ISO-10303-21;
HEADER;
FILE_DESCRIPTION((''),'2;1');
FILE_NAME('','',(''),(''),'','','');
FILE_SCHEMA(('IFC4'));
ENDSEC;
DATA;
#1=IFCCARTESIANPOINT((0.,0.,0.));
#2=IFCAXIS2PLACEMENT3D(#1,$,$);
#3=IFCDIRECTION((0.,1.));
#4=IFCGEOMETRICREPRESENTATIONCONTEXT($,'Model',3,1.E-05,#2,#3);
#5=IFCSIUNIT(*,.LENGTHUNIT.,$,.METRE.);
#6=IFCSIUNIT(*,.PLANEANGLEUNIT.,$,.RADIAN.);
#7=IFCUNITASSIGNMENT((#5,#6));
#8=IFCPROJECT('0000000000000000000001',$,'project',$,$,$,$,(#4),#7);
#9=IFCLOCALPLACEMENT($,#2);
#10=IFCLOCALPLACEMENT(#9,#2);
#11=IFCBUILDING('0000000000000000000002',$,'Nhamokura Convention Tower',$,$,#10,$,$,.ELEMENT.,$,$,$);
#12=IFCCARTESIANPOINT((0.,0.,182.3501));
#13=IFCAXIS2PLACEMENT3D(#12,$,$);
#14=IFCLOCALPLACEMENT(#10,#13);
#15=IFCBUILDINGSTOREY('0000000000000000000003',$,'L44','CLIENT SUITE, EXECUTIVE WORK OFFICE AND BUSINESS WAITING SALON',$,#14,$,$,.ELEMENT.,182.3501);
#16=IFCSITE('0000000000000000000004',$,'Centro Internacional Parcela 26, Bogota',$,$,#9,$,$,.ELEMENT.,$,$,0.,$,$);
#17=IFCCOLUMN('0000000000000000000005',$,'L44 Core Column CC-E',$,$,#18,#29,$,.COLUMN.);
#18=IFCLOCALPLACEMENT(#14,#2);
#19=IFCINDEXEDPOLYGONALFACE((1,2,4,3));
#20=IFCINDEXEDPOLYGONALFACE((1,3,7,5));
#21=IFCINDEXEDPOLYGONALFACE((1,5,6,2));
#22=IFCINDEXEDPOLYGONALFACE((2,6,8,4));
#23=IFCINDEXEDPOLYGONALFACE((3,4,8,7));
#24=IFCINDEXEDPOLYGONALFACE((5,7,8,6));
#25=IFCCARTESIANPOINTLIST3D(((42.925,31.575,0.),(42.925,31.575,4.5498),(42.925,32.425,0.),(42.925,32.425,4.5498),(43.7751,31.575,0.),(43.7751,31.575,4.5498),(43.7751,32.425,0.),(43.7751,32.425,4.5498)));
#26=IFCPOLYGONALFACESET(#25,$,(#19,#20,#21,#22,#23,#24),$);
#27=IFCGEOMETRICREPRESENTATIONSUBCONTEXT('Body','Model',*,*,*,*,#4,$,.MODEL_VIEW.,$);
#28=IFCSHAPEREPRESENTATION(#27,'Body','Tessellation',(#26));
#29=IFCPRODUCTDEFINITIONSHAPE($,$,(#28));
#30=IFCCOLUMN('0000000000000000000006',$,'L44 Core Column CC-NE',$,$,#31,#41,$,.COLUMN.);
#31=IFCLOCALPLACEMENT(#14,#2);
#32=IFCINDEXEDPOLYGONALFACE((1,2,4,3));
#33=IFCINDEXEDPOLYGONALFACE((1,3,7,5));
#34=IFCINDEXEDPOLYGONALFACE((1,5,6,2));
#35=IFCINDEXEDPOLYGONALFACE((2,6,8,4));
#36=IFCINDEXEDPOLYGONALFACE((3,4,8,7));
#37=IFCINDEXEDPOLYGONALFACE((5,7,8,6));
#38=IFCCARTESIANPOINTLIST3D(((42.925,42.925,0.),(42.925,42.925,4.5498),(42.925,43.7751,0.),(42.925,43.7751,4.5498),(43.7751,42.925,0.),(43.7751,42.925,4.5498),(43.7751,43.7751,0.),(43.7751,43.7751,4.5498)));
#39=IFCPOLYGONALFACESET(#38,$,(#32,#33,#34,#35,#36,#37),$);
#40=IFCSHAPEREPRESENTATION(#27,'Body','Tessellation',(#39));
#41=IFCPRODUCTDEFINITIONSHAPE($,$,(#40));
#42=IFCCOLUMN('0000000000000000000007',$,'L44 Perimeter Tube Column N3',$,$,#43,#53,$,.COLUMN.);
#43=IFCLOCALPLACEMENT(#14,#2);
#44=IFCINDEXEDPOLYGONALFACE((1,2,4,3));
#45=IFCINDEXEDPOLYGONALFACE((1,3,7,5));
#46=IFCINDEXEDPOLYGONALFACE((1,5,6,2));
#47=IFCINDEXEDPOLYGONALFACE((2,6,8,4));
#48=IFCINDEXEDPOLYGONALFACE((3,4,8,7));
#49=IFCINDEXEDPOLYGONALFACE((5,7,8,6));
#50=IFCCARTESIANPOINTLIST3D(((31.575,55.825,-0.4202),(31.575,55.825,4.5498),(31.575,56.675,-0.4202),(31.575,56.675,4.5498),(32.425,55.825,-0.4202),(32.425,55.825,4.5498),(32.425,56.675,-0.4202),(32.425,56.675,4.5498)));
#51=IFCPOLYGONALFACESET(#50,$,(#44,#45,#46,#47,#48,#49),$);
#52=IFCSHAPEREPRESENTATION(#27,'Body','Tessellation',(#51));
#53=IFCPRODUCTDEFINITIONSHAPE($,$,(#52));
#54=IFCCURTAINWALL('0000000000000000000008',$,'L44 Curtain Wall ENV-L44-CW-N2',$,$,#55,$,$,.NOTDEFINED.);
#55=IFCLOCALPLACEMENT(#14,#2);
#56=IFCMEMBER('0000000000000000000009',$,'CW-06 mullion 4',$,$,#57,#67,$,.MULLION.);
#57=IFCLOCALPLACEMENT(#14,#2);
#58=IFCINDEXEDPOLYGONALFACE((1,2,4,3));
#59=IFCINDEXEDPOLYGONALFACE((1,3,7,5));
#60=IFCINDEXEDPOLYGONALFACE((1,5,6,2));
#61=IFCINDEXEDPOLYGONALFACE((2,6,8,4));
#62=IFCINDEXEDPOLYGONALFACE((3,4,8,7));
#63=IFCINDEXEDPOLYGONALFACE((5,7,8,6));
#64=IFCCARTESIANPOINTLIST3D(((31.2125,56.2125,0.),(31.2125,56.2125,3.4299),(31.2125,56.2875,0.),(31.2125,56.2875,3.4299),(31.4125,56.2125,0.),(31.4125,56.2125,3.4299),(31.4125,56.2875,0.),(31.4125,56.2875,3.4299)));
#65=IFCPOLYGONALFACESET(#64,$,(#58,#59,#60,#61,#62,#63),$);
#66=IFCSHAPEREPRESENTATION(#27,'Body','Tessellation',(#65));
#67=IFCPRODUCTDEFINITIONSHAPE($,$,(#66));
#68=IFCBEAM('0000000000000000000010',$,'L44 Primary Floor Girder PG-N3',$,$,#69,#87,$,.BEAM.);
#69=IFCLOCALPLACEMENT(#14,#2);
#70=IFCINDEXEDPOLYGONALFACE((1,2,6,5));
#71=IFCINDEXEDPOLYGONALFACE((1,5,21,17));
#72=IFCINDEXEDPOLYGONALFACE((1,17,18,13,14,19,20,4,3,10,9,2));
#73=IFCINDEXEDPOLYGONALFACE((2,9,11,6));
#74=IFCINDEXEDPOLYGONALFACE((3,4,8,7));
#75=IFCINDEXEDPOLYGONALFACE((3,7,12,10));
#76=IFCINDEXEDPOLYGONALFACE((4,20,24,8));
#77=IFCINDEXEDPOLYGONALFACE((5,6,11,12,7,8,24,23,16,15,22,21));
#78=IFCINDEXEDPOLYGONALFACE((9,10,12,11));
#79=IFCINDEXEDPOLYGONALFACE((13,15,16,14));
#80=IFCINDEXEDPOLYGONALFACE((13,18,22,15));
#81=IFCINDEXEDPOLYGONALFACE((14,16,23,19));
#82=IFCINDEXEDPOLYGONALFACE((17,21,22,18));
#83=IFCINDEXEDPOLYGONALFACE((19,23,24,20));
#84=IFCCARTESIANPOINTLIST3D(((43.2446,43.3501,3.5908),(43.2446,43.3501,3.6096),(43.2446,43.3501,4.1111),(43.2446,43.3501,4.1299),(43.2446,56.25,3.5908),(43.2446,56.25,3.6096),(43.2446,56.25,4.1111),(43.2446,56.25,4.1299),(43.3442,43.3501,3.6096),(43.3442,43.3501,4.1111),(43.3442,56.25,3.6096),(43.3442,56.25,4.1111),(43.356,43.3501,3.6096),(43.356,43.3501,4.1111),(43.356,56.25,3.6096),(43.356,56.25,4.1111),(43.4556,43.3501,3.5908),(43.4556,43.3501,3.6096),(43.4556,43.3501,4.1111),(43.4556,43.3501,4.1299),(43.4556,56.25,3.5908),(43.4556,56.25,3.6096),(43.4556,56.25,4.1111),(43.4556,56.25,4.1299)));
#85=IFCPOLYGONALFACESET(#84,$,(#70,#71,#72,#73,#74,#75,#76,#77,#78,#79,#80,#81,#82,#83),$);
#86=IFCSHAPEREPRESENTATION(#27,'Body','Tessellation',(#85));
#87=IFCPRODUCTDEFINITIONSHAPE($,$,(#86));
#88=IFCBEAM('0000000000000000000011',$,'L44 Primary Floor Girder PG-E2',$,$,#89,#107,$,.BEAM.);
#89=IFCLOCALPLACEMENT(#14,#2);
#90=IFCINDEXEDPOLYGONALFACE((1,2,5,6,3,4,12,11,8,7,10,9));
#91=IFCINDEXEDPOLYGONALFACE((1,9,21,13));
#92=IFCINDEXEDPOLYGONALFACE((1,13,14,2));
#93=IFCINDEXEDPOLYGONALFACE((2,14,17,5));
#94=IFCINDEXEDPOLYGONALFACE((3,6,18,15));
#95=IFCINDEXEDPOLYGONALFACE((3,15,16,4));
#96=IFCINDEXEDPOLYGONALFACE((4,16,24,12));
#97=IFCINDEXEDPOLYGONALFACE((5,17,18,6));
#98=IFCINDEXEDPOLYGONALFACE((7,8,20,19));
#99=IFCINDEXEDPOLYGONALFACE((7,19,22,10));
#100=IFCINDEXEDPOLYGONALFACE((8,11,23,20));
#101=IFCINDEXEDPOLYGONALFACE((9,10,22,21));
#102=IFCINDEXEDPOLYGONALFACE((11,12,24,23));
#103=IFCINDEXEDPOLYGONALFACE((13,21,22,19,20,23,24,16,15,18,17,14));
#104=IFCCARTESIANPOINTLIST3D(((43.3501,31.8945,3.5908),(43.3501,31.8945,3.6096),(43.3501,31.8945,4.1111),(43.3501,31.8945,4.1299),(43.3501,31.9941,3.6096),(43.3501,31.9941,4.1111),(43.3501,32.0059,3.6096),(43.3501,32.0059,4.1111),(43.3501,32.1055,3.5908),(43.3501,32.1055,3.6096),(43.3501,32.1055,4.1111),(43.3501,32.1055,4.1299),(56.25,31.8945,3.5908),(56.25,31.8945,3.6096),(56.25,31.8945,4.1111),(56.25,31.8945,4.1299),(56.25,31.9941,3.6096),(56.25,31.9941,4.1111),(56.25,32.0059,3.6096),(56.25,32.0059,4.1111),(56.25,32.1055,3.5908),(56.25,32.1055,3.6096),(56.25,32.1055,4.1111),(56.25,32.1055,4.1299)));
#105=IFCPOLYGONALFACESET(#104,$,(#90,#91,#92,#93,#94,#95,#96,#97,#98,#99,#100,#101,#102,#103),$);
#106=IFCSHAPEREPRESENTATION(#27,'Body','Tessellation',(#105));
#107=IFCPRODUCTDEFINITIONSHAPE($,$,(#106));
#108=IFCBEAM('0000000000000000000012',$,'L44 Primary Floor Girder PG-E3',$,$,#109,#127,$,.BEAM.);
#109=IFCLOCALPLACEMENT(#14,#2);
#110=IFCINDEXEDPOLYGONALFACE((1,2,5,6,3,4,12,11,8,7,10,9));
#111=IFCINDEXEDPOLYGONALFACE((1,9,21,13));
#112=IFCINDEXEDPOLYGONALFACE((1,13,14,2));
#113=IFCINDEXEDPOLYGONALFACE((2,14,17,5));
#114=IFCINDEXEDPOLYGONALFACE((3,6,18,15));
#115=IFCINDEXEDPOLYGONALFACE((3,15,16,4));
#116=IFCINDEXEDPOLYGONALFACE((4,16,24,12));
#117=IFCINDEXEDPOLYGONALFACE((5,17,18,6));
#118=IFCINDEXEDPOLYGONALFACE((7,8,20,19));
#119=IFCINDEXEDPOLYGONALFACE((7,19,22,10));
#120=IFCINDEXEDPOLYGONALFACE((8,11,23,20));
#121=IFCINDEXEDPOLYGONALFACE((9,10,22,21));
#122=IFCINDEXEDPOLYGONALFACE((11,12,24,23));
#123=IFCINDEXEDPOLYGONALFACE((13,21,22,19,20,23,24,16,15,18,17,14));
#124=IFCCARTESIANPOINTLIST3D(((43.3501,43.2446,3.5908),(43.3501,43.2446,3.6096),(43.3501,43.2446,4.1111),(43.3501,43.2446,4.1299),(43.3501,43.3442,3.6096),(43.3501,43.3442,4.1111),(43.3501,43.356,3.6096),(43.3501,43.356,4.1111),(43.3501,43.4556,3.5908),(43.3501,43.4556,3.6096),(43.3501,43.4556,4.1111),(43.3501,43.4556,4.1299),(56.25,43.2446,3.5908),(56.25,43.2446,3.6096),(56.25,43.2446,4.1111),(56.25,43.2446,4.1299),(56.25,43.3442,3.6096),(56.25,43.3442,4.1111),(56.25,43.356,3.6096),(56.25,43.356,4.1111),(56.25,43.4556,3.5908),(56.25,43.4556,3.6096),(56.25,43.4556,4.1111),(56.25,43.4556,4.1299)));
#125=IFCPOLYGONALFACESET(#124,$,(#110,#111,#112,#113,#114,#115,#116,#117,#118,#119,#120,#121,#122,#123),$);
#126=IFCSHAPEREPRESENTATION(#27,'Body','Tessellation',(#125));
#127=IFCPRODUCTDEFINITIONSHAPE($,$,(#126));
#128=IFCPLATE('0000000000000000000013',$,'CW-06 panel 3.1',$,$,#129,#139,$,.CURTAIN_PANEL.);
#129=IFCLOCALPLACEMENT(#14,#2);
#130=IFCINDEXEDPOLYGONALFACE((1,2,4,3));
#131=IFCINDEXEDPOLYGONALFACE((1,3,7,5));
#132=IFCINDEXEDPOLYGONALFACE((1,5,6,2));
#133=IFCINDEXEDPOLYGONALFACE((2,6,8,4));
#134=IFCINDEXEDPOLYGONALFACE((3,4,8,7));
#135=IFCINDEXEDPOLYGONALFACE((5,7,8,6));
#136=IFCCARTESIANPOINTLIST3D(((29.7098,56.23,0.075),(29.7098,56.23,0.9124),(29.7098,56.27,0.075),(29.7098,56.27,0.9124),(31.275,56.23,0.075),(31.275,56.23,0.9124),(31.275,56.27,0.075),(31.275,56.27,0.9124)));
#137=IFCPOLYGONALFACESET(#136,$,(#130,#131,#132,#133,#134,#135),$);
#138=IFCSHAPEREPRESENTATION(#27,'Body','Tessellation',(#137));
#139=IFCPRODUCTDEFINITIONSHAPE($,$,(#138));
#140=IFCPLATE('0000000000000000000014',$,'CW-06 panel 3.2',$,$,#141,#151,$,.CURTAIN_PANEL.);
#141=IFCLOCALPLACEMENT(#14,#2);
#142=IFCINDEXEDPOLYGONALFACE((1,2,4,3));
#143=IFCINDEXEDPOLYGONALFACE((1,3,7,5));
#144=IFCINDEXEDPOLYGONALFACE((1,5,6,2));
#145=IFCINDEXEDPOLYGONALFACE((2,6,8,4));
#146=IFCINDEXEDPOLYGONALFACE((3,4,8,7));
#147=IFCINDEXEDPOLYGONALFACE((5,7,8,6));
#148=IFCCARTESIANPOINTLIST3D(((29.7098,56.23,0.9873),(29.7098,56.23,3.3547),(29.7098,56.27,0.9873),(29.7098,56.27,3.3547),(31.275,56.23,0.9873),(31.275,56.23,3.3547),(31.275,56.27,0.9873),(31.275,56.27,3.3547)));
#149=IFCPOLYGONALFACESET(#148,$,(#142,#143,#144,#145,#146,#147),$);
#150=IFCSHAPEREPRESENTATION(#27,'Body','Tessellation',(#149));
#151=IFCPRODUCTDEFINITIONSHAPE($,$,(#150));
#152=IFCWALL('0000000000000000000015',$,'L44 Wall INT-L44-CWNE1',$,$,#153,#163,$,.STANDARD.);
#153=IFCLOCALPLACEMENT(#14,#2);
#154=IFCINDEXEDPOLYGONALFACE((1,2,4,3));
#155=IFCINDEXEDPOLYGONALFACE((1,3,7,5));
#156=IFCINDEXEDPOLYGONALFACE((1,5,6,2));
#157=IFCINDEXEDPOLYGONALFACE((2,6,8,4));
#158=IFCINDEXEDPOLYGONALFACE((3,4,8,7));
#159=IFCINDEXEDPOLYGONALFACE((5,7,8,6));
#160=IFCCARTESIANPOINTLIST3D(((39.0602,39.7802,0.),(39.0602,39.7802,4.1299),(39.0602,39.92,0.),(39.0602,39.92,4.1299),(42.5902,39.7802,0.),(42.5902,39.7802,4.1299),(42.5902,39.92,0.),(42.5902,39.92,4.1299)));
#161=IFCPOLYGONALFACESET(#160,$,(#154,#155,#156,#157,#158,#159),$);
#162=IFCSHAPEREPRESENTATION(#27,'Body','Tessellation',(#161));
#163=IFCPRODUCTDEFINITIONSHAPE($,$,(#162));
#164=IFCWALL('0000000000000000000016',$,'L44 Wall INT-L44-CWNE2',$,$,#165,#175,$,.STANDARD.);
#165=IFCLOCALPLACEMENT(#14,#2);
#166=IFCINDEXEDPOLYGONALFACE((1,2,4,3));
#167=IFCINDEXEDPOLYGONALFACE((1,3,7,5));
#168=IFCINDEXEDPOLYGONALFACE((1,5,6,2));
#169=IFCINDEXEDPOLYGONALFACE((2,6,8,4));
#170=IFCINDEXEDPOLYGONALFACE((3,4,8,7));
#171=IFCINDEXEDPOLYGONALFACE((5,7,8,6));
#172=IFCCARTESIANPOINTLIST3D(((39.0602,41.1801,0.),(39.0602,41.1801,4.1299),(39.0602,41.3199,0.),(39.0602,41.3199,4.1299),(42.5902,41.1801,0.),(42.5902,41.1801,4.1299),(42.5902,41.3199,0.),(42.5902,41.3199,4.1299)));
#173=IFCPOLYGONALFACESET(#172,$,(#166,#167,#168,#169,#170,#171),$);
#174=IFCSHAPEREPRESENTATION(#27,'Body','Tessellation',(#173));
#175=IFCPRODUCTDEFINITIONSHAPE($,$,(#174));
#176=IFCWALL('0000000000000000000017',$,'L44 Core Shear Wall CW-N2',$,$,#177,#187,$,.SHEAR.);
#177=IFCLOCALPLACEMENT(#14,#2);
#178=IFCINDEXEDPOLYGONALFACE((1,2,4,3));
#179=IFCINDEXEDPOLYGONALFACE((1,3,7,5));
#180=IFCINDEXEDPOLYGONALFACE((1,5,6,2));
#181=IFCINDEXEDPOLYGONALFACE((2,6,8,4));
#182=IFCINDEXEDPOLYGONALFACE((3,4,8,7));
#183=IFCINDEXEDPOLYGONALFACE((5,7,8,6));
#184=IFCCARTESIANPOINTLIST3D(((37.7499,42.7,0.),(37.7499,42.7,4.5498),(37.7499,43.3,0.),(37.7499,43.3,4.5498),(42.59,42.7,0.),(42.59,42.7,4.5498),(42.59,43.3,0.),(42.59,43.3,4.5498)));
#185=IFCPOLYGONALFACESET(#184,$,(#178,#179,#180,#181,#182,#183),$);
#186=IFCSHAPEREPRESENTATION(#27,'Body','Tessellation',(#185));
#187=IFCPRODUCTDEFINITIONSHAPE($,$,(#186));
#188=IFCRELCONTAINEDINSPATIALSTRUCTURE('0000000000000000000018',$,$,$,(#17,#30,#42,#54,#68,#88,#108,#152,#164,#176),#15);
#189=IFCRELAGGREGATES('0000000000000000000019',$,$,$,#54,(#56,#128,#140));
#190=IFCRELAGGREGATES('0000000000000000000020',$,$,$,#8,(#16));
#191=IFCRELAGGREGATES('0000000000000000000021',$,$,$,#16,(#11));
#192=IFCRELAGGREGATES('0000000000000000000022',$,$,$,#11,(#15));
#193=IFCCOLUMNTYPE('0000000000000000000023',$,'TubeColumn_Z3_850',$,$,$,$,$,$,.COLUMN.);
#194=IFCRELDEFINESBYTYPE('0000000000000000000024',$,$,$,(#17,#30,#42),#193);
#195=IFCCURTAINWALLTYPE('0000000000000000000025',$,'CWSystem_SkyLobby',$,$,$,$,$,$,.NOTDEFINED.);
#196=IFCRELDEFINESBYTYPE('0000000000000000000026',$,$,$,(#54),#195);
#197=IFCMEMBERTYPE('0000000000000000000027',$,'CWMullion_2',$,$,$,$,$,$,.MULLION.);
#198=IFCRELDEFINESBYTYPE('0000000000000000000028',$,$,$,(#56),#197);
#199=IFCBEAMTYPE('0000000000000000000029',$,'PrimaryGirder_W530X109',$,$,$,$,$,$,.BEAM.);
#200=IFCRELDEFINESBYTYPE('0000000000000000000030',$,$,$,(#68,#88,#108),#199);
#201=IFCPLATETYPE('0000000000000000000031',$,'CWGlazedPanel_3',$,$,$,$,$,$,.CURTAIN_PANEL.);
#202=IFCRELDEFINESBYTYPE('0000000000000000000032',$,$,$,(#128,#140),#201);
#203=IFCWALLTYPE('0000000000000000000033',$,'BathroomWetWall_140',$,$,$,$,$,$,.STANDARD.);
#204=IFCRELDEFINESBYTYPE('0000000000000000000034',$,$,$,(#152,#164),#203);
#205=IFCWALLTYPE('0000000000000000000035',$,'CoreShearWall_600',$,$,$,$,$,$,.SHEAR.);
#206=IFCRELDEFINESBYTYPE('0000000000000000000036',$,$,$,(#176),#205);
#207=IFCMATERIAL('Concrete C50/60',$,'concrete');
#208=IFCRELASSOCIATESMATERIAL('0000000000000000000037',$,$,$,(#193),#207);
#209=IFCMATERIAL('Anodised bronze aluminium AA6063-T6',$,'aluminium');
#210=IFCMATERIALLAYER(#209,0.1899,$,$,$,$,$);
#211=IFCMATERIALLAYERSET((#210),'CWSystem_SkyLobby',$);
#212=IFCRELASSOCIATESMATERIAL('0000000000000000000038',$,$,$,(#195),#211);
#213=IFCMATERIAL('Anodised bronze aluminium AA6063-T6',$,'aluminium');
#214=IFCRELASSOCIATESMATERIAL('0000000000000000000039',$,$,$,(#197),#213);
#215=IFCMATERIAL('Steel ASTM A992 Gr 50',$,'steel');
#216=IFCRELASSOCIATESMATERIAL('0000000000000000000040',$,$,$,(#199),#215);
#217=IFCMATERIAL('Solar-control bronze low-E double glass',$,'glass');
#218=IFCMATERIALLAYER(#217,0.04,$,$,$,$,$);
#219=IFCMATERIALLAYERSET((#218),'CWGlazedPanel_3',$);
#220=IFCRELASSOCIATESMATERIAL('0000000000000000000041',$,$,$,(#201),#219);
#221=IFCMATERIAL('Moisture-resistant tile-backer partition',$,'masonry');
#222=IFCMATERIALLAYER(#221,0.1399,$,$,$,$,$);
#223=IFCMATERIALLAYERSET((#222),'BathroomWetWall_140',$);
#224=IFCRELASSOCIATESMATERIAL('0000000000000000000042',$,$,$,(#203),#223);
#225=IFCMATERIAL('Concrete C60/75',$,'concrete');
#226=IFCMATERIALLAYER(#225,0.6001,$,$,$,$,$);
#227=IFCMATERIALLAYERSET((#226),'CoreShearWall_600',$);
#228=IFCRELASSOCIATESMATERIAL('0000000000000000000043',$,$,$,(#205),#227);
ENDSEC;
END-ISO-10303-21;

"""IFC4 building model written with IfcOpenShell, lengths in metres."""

from ifc_helpers import new_model, si_unit, direction, frame, frame_2d, origin, origin_2d, place, context, subcontext, project, spatial, rectangle, i_section, extrude, material, layer, layer_set, material_profile, profile_set, type_object, element, aggregate, save


model = new_model("IFC4")

# Units and contexts
model_context = context("Model", 3, precision=1e-05, world=origin(), true_north=direction((0.0, 1.0)))
body_context = subcontext(model_context, "Body", "Model", "MODEL_VIEW")
ifc_project = project(units=[si_unit("LENGTHUNIT", "METRE"), si_unit("PLANEANGLEUNIT", "RADIAN")], contexts=[model_context])

# Site, building, storey
site_placement = place(None, origin())
site = spatial("IfcSite", under=ifc_project, at=site_placement, Name="Centro Internacional Parcela 26, Bogota", CompositionType="ELEMENT", RefElevation=0.0)
building_placement = place(site_placement, origin())
building = spatial("IfcBuilding", under=site, at=building_placement, Name="Nhamokura Convention Tower", CompositionType="ELEMENT")
storey_placement = place(building_placement, frame((0.0, 0.0, 182.3501)))
storey = spatial("IfcBuildingStorey", under=building, at=storey_placement, Name="L44", Description="CLIENT SUITE, EXECUTIVE WORK OFFICE AND BUSINESS WAITING SALON", CompositionType="ELEMENT", Elevation=182.3501)

# Columns
ifc_material_1 = material(Name="Concrete C50/60", Category="concrete")
ifc_material_profile_1 = material_profile(ifc_material_1, rectangle(XDim=0.8501, YDim=0.8501, at=origin_2d()))
ifc_profile_set_1 = profile_set([ifc_material_profile_1], Name="Concrete C50/60")
column_type = type_object("IfcColumnType", Name="TubeColumn_Z3_850", PredefinedType="COLUMN", material=ifc_profile_set_1)
for number, where, z_axis, x_axis, name in (
    (1, (43.3501, 32.0, 0.0), (0.0, 0.0, 1.0), (1.0, 0.0, 0.0), "L44 Core Column CC-E"),
    (2, (43.3501, 43.3501, 0.0), (0.0, 0.0, 1.0), (1.0, 0.0, 0.0), "L44 Core Column CC-NE"),
):
    element("IfcColumn", number, at=place(storey_placement, frame(where, z_axis=z_axis, x_axis=x_axis)), inside=storey, type_object=column_type, Name=name, PredefinedType="COLUMN", context=body_context, shape_type="SweptSolid", body=[
        extrude(rectangle(XDim=0.8501, YDim=0.8501, at=origin_2d()), origin(), (0.0, 0.0, 1.0), 4.5498),
    ])
column_placement = place(storey_placement, frame((32.0, 56.25, -0.4202), z_axis=(0.0, 0.0, 1.0), x_axis=(1.0, 0.0, 0.0)))
element("IfcColumn", 3, at=column_placement, inside=storey, type_object=column_type, Name="L44 Perimeter Tube Column N3", PredefinedType="COLUMN", context=body_context, shape_type="SweptSolid", body=[
    extrude(rectangle(XDim=0.8501, YDim=0.8501, at=origin_2d()), origin(), (0.0, 0.0, 1.0), 4.97),
])

# Curtain wall, member
ifc_material_2 = material(Name="Anodised bronze aluminium AA6063-T6", Category="aluminium")
ifc_layer_1 = layer(ifc_material_2, 0.1899)
ifc_layer_set_1 = layer_set([ifc_layer_1], Name="CWSystem_SkyLobby")
curtain_wall_type = type_object("IfcCurtainWallType", Name="CWSystem_SkyLobby", PredefinedType="NOTDEFINED", material=ifc_layer_set_1)
curtain_wall_placement = place(storey_placement, origin())
curtain_wall = element("IfcCurtainWall", 4, at=curtain_wall_placement, inside=storey, type_object=curtain_wall_type, Name="L44 Curtain Wall ENV-L44-CW-N2", PredefinedType="NOTDEFINED")
ifc_material_3 = material(Name="Anodised bronze aluminium AA6063-T6", Category="aluminium")
ifc_material_profile_2 = material_profile(ifc_material_3, rectangle(XDim=0.075, YDim=0.2, at=origin_2d()))
ifc_profile_set_2 = profile_set([ifc_material_profile_2], Name="Anodised bronze aluminium AA6063-T6")
member_type = type_object("IfcMemberType", Name="CWMullion_2", PredefinedType="MULLION", material=ifc_profile_set_2)
member_placement = place(storey_placement, frame((31.3125, 56.25, 0.0), z_axis=(0.0, 0.0, 1.0), x_axis=(0.0, 1.0, 0.0)))
member = element("IfcMember", 5, at=member_placement, type_object=member_type, Name="CW-06 mullion 4", PredefinedType="MULLION", context=body_context, shape_type="SweptSolid", body=[
    extrude(rectangle(XDim=0.075, YDim=0.2, at=origin_2d()), origin(), (0.0, 0.0, 1.0), 3.4299),
])

# Beams
ifc_material_4 = material(Name="Steel ASTM A992 Gr 50", Category="steel")
ifc_material_profile_3 = material_profile(ifc_material_4, i_section(OverallWidth=0.2109, OverallDepth=0.5391, WebThickness=0.0117, FlangeThickness=0.0188, at=origin_2d()))
ifc_profile_set_3 = profile_set([ifc_material_profile_3], Name="Steel ASTM A992 Gr 50")
beam_type = type_object("IfcBeamType", Name="PrimaryGirder_W530X109", PredefinedType="BEAM", material=ifc_profile_set_3)
for number, where, z_axis, x_axis, name in (
    (6, (43.3501, 43.3501, 3.8604), (0.0, 1.0, 0.0), (-1.0, 0.0, 0.0), "L44 Primary Floor Girder PG-N3"),
    (7, (43.3501, 32.0, 3.8604), (1.0, 0.0, 0.0), (0.0, 1.0, 0.0), "L44 Primary Floor Girder PG-E2"),
    (8, (43.3501, 43.3501, 3.8604), (1.0, 0.0, 0.0), (0.0, 1.0, 0.0), "L44 Primary Floor Girder PG-E3"),
):
    element("IfcBeam", number, at=place(storey_placement, frame(where, z_axis=z_axis, x_axis=x_axis)), inside=storey, type_object=beam_type, Name=name, PredefinedType="BEAM", context=body_context, shape_type="SweptSolid", body=[
        extrude(i_section(OverallWidth=0.2109, OverallDepth=0.5391, WebThickness=0.0117, FlangeThickness=0.0188, at=origin_2d()), origin(), (0.0, 0.0, 1.0), 12.8999),
    ])

# Plates
ifc_material_5 = material(Name="Solar-control bronze low-E double glass", Category="glass")
ifc_layer_2 = layer(ifc_material_5, 0.04)
ifc_layer_set_2 = layer_set([ifc_layer_2], Name="CWGlazedPanel_3")
plate_type = type_object("IfcPlateType", Name="CWGlazedPanel_3", PredefinedType="CURTAIN_PANEL", material=ifc_layer_set_2)
plate_1_placement = place(storey_placement, frame((30.4924, 56.25, 0.075), z_axis=(0.0, 0.0, 1.0), x_axis=(1.0, 0.0, 0.0)))
plate_1 = element("IfcPlate", 9, at=plate_1_placement, type_object=plate_type, Name="CW-06 panel 3.1", PredefinedType="CURTAIN_PANEL", context=body_context, shape_type="SweptSolid", body=[
    extrude(rectangle(XDim=1.5652, YDim=0.04, at=origin_2d()), origin(), (0.0, 0.0, 1.0), 0.8374),
])
plate_2_placement = place(storey_placement, frame((30.4924, 56.25, 0.9873), z_axis=(0.0, 0.0, 1.0), x_axis=(1.0, 0.0, 0.0)))
plate_2 = element("IfcPlate", 10, at=plate_2_placement, type_object=plate_type, Name="CW-06 panel 3.2", PredefinedType="CURTAIN_PANEL", context=body_context, shape_type="SweptSolid", body=[
    extrude(rectangle(XDim=1.5652, YDim=0.04, at=origin_2d()), origin(), (0.0, 0.0, 1.0), 2.3674),
])
aggregate(curtain_wall, [member, plate_1, plate_2])

# Walls
ifc_material_6 = material(Name="Moisture-resistant tile-backer partition", Category="masonry")
ifc_layer_3 = layer(ifc_material_6, 0.1399)
ifc_layer_set_3 = layer_set([ifc_layer_3], Name="BathroomWetWall_140")
wall_type_1 = type_object("IfcWallType", Name="BathroomWetWall_140", PredefinedType="STANDARD", material=ifc_layer_set_3)
for number, where, z_axis, x_axis, name in (
    (11, (39.0601, 39.8501, 0.0), (0.0, 0.0, 1.0), (1.0, 0.0, 0.0), "L44 Wall INT-L44-CWNE1"),
    (12, (39.0601, 41.25, 0.0), (0.0, 0.0, 1.0), (1.0, 0.0, 0.0), "L44 Wall INT-L44-CWNE2"),
):
    element("IfcWall", number, at=place(storey_placement, frame(where, z_axis=z_axis, x_axis=x_axis)), inside=storey, type_object=wall_type_1, Name=name, PredefinedType="STANDARD", context=body_context, shape_type="SweptSolid", body=[
        extrude(rectangle(XDim=3.53, YDim=0.1399, at=frame_2d((1.7651, 0.0))), origin(), (0.0, 0.0, 1.0), 4.1299),
    ])
ifc_material_7 = material(Name="Concrete C60/75", Category="concrete")
ifc_layer_4 = layer(ifc_material_7, 0.6001)
ifc_layer_set_4 = layer_set([ifc_layer_4], Name="CoreShearWall_600")
wall_type_2 = type_object("IfcWallType", Name="CoreShearWall_600", PredefinedType="SHEAR", material=ifc_layer_set_4)
wall_1_placement = place(storey_placement, frame((37.75, 43.0, 0.0), z_axis=(0.0, 0.0, 1.0), x_axis=(1.0, 0.0, 0.0)))
element("IfcWall", 13, at=wall_1_placement, inside=storey, type_object=wall_type_2, Name="L44 Core Shear Wall CW-N2", PredefinedType="SHEAR", context=body_context, shape_type="SweptSolid", body=[
    extrude(rectangle(XDim=4.8401, YDim=0.6001, at=frame_2d((2.4199, 0.0))), origin(), (0.0, 0.0, 1.0), 4.5498),
])

save(model, "model.ifc")
